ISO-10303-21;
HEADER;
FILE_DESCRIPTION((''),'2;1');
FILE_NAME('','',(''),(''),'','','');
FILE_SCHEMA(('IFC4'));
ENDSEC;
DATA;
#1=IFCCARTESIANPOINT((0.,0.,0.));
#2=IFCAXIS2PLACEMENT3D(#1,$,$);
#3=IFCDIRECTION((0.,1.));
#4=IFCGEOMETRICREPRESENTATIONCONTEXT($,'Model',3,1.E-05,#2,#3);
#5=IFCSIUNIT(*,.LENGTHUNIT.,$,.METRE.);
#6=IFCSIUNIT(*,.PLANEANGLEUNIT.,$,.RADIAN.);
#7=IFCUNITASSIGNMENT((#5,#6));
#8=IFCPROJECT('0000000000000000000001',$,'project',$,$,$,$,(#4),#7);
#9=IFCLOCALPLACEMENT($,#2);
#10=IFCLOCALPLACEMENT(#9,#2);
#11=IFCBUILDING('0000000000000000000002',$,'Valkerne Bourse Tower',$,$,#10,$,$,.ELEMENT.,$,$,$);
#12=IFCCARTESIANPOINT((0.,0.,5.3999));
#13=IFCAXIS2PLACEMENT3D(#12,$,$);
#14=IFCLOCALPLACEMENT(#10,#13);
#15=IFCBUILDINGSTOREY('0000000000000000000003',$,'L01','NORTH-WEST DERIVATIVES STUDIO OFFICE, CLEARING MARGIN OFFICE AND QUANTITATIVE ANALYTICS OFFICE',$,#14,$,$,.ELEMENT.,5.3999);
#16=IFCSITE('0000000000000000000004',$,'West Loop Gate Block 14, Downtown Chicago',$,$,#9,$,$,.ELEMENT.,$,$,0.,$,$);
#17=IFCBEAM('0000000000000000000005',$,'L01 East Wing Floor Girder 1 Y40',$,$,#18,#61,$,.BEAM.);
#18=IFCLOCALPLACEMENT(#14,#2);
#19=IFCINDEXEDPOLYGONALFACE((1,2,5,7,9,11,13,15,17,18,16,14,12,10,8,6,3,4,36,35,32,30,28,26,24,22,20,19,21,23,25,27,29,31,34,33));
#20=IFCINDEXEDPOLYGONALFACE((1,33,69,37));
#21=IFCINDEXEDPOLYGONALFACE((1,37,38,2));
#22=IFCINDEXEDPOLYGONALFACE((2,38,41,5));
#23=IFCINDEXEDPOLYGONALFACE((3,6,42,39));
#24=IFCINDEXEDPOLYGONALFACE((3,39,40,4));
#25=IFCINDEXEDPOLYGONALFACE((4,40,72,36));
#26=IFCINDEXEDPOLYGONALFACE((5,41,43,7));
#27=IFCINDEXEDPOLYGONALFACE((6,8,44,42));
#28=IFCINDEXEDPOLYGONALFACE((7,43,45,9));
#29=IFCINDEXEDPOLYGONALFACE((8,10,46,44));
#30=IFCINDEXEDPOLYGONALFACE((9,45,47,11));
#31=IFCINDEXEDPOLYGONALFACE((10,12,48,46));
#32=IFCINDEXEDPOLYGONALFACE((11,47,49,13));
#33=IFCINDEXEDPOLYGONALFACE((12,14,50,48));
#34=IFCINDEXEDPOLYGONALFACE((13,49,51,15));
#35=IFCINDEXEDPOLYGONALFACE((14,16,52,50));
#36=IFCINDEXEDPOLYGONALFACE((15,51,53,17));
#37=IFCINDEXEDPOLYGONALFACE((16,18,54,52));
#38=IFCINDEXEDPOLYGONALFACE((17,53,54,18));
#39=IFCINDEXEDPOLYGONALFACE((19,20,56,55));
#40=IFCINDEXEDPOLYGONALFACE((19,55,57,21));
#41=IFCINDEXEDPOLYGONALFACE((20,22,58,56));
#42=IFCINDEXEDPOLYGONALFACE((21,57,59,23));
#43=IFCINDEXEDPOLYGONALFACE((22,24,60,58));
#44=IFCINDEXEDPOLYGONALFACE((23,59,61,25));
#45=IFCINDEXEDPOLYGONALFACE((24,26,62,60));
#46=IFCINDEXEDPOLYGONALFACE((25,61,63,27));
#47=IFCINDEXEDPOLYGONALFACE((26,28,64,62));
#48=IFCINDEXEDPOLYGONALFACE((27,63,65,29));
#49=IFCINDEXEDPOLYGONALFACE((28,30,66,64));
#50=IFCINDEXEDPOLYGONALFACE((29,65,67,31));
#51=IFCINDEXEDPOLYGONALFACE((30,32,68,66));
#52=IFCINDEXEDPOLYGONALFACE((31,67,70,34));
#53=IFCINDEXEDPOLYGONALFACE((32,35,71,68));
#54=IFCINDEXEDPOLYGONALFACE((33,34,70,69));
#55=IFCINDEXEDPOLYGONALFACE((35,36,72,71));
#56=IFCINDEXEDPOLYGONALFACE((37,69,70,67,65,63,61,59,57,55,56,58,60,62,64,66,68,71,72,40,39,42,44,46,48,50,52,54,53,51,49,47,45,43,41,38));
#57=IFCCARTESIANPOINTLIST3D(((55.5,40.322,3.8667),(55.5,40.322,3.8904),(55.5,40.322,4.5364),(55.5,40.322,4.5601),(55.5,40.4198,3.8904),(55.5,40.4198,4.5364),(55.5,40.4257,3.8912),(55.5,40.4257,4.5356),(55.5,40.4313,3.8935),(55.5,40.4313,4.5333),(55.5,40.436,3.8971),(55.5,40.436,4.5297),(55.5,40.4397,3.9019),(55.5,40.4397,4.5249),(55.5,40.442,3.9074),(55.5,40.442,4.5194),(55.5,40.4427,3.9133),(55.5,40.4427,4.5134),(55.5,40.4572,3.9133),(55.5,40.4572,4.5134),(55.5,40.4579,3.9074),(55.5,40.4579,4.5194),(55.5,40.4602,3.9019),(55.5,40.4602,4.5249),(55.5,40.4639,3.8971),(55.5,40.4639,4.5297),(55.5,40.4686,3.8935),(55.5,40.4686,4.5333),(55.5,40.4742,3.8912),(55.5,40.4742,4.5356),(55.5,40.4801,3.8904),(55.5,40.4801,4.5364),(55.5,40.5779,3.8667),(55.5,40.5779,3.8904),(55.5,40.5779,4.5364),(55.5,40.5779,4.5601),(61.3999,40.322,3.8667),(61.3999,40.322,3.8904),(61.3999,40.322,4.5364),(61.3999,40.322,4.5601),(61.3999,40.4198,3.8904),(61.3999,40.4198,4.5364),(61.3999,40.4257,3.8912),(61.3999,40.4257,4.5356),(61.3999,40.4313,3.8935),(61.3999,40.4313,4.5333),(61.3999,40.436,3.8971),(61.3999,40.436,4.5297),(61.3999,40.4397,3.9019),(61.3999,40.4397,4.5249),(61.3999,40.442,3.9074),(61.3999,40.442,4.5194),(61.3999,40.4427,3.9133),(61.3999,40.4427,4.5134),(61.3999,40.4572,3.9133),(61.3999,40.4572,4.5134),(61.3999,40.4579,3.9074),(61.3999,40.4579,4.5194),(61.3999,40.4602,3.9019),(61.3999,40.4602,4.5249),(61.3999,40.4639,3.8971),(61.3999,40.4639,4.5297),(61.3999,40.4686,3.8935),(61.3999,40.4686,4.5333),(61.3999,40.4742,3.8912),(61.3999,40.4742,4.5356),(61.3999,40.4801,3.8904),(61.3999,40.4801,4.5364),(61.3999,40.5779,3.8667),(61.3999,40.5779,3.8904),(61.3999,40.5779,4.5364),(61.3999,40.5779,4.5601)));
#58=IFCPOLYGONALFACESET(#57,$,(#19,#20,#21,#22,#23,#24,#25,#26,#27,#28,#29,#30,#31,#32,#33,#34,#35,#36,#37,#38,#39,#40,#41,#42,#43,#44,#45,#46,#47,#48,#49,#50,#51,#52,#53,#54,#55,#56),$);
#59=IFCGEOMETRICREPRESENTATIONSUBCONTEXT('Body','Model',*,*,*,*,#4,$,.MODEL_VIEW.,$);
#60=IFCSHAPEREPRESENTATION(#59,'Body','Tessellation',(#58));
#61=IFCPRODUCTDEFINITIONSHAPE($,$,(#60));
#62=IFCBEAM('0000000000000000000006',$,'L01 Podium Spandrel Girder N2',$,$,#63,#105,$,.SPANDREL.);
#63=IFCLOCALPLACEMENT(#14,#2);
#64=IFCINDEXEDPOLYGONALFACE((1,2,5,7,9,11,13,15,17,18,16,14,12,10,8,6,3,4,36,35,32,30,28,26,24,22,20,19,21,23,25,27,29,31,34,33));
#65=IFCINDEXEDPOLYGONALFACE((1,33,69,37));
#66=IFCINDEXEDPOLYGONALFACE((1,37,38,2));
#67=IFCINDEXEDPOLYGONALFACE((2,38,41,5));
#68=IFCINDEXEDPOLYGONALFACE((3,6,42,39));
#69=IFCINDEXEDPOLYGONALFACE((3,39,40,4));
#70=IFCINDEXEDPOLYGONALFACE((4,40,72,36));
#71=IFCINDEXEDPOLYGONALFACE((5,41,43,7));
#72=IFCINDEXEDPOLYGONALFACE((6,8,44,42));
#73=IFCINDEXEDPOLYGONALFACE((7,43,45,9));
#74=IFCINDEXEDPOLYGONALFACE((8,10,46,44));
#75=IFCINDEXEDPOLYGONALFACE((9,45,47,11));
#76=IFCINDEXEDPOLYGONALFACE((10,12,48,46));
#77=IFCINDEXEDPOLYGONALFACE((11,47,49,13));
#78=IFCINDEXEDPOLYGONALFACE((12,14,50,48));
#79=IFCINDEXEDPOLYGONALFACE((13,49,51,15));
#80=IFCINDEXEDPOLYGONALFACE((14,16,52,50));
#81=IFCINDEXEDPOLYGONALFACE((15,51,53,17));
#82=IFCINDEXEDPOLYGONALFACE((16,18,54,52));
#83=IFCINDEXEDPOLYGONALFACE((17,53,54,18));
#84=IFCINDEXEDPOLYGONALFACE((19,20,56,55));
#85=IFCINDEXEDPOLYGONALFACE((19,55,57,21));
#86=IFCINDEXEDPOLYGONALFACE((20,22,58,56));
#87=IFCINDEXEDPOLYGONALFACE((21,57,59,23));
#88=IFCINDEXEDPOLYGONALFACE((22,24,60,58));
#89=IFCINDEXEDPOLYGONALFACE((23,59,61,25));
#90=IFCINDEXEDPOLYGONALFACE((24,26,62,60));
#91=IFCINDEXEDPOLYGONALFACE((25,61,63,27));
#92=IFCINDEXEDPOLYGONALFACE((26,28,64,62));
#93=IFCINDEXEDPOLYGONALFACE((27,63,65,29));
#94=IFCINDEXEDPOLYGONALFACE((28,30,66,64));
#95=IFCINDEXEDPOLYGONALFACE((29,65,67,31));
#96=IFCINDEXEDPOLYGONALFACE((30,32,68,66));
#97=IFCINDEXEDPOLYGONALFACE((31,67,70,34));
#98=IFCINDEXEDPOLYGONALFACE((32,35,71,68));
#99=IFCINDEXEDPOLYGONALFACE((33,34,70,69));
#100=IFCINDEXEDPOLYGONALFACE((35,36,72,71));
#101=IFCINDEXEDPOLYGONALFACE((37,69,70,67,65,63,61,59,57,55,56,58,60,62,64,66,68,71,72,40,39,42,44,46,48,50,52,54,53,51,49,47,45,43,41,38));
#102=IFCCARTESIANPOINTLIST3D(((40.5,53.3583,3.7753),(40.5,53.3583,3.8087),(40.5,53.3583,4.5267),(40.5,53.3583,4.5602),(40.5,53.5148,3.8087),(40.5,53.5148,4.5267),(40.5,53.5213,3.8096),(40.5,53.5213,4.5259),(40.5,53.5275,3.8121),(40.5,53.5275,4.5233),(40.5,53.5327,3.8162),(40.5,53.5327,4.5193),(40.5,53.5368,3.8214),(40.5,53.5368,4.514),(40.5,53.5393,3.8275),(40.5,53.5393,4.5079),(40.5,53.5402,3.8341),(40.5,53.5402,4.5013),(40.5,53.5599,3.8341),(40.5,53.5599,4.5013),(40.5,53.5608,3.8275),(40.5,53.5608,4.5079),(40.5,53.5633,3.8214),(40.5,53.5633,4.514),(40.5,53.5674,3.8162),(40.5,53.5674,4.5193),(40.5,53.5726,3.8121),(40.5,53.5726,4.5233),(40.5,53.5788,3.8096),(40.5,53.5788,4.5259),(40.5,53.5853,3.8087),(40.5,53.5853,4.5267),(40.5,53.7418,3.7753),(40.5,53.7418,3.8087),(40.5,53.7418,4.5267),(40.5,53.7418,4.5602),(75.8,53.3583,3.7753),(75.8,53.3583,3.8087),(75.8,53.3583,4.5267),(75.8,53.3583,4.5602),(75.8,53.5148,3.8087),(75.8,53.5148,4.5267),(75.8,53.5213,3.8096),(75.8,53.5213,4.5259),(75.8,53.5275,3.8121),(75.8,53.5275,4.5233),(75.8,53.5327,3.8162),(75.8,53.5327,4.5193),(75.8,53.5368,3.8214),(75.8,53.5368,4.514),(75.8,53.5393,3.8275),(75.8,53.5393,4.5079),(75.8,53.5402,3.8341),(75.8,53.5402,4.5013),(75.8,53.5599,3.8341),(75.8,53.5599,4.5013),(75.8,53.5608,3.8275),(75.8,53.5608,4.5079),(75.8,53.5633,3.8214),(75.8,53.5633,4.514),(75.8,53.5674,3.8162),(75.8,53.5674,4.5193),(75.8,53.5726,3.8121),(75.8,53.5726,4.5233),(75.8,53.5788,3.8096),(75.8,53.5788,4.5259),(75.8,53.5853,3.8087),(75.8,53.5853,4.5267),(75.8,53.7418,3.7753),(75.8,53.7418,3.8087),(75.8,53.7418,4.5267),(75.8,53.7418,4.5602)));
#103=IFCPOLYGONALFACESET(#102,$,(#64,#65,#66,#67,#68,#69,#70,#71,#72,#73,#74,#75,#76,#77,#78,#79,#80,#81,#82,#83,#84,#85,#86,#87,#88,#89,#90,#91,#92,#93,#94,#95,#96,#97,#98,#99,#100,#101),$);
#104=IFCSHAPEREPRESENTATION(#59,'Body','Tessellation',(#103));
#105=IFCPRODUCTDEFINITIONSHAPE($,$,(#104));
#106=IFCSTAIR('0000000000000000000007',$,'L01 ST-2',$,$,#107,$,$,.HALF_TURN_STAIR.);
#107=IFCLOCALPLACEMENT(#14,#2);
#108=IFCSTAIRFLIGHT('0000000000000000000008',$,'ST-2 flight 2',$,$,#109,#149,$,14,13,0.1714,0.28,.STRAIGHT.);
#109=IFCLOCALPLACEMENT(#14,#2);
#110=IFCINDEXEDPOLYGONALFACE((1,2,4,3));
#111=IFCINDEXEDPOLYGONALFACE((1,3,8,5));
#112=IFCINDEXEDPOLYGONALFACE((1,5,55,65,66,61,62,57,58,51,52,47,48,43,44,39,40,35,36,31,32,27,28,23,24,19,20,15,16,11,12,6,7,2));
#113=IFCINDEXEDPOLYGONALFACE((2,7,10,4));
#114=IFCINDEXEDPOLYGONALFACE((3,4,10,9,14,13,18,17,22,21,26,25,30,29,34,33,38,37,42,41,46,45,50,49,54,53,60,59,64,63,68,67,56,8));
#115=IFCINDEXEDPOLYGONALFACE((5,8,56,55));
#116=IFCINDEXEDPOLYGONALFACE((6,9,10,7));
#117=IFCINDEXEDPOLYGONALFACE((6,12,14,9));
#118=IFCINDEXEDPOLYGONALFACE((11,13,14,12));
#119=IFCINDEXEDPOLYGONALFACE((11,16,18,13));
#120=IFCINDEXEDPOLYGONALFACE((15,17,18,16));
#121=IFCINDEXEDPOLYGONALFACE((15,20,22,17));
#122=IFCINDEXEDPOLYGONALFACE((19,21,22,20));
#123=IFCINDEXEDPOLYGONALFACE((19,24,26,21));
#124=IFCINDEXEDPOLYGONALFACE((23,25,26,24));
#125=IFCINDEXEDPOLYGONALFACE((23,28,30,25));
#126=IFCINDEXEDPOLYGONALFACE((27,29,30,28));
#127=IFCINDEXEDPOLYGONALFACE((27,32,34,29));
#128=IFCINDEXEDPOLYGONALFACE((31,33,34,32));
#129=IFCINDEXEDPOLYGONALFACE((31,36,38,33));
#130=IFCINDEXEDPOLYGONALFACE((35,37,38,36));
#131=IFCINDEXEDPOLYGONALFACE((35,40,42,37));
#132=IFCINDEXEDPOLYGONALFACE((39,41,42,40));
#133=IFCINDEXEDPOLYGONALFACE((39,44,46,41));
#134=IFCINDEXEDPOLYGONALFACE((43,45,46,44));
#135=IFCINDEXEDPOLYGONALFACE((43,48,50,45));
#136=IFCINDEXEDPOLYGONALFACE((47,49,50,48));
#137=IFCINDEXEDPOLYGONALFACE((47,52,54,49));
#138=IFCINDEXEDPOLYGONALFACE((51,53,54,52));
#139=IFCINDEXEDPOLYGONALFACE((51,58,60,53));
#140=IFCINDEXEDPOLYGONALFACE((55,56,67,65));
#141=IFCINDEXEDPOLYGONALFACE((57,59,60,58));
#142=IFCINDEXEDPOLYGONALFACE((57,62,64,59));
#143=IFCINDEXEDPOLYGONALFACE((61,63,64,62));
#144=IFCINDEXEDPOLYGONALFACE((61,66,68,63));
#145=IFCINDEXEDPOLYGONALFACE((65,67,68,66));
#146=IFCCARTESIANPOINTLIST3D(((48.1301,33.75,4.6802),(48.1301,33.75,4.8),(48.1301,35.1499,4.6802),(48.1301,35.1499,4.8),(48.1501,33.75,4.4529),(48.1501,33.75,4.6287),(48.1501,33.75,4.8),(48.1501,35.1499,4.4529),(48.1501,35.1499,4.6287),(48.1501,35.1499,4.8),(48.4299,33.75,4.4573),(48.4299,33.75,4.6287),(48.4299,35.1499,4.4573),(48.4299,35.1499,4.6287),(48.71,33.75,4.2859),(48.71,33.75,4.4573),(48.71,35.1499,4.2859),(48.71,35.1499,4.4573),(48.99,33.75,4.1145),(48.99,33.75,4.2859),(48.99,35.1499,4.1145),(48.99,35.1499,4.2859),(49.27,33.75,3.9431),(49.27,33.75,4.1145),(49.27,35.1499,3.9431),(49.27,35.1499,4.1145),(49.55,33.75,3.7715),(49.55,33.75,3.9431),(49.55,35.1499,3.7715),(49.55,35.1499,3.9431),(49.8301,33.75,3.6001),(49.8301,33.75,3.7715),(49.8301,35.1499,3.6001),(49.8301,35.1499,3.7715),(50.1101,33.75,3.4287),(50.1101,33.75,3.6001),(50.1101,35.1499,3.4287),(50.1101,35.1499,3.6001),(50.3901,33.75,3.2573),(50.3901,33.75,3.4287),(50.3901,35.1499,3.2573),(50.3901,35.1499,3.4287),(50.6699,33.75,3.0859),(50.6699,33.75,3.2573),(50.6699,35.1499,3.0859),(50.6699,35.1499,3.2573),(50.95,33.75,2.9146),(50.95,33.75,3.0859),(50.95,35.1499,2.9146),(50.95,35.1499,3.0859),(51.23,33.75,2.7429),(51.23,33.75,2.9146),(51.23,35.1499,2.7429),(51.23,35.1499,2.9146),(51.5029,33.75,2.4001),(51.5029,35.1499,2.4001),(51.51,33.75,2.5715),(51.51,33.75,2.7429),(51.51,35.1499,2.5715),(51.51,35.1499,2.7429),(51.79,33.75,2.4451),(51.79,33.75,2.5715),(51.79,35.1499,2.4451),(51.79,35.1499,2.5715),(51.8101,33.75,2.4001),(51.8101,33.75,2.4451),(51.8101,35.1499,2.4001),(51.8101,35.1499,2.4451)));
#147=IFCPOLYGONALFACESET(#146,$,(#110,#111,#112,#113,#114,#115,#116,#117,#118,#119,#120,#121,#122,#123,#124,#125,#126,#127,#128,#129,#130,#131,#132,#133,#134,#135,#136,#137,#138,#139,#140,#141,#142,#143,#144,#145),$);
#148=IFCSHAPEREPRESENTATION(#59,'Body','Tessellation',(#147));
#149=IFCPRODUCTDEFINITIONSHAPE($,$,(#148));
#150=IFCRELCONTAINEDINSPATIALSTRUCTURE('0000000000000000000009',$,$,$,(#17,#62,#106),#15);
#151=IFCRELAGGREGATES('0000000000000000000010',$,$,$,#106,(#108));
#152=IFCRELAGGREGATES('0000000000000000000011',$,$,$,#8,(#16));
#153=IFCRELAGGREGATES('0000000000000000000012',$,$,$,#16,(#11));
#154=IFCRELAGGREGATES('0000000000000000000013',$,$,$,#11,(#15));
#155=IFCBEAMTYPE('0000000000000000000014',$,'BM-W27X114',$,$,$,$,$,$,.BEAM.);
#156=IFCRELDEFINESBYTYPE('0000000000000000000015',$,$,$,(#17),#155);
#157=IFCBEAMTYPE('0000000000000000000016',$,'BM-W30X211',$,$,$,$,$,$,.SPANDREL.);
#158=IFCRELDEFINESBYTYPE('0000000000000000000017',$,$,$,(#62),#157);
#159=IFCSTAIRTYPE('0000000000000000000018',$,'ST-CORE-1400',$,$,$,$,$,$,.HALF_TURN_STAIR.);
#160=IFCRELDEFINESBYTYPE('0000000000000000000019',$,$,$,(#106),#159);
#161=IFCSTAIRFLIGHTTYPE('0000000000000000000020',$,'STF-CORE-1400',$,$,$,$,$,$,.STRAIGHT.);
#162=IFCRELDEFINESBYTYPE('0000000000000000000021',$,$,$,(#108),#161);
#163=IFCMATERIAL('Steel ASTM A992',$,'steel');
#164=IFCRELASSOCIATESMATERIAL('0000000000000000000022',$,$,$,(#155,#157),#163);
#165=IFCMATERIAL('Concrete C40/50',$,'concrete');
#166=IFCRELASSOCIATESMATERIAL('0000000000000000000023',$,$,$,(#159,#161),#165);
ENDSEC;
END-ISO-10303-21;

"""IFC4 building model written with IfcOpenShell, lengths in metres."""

from ifc_helpers import new_model, si_unit, direction, frame, origin, origin_2d, place, context, subcontext, project, spatial, polyline, i_section, outline, extrude, material, material_profile, profile_set, type_object, element, aggregate, save


model = new_model("IFC4")

# Units and contexts
model_context = context("Model", 3, precision=1e-05, world=origin(), true_north=direction((0.0, 1.0)))
body_context = subcontext(model_context, "Body", "Model", "MODEL_VIEW")
ifc_project = project(units=[si_unit("LENGTHUNIT", "METRE"), si_unit("PLANEANGLEUNIT", "RADIAN")], contexts=[model_context])

# Site, building, storey
site_placement = place(None, origin())
site = spatial("IfcSite", under=ifc_project, at=site_placement, Name="West Loop Gate Block 14, Downtown Chicago", CompositionType="ELEMENT", RefElevation=0.0)
building_placement = place(site_placement, origin())
building = spatial("IfcBuilding", under=site, at=building_placement, Name="Valkerne Bourse Tower", CompositionType="ELEMENT")
storey_placement = place(building_placement, frame((0.0, 0.0, 5.3999)))
storey = spatial("IfcBuildingStorey", under=building, at=storey_placement, Name="L01", Description="NORTH-WEST DERIVATIVES STUDIO OFFICE, CLEARING MARGIN OFFICE AND QUANTITATIVE ANALYTICS OFFICE", CompositionType="ELEMENT", Elevation=5.3999)

# Beams
ifc_material_1 = material(Name="Steel ASTM A992", Category="steel")
ifc_material_profile_1 = material_profile(ifc_material_1, i_section(OverallWidth=0.2559, OverallDepth=0.6934, WebThickness=0.0144, FlangeThickness=0.0237, FilletRadius=0.0229, at=origin_2d()), Name="W27X114")
ifc_profile_set_1 = profile_set([ifc_material_profile_1], Name="Steel ASTM A992")
beam_type_1 = type_object("IfcBeamType", Name="BM-W27X114", PredefinedType="BEAM", material=ifc_profile_set_1)
beam_1_placement = place(storey_placement, frame((55.5, 40.45, 4.2134), z_axis=(1.0, 0.0, 0.0), x_axis=(0.0, 1.0, 0.0)))
element("IfcBeam", 1, at=beam_1_placement, inside=storey, type_object=beam_type_1, Name="L01 East Wing Floor Girder 1 Y40", PredefinedType="BEAM", context=body_context, shape_type="SweptSolid", body=[
    extrude(i_section(OverallWidth=0.2559, OverallDepth=0.6934, WebThickness=0.0144, FlangeThickness=0.0237, FilletRadius=0.0229, at=origin_2d()), origin(), (0.0, 0.0, 1.0), 5.8999),
])
ifc_material_profile_2 = material_profile(ifc_material_1, i_section(OverallWidth=0.3835, OverallDepth=0.7849, WebThickness=0.0198, FlangeThickness=0.0334, FilletRadius=0.0254, at=origin_2d()), Name="W30X211")
ifc_profile_set_2 = profile_set([ifc_material_profile_2], Name="Steel ASTM A992")
beam_type_2 = type_object("IfcBeamType", Name="BM-W30X211", PredefinedType="SPANDREL", material=ifc_profile_set_2)
beam_2_placement = place(storey_placement, frame((40.5, 53.55, 4.1677), z_axis=(1.0, 0.0, 0.0), x_axis=(0.0, 1.0, 0.0)))
element("IfcBeam", 2, at=beam_2_placement, inside=storey, type_object=beam_type_2, Name="L01 Podium Spandrel Girder N2", PredefinedType="SPANDREL", context=body_context, shape_type="SweptSolid", body=[
    extrude(i_section(OverallWidth=0.3835, OverallDepth=0.7849, WebThickness=0.0198, FlangeThickness=0.0334, FilletRadius=0.0254, at=origin_2d()), origin(), (0.0, 0.0, 1.0), 35.3),
])

# Stair, stair flight
ifc_material_2 = material(Name="Concrete C40/50", Category="concrete")
stair_type = type_object("IfcStairType", Name="ST-CORE-1400", PredefinedType="HALF_TURN_STAIR", material=ifc_material_2)
stair_placement = place(storey_placement, origin())
stair = element("IfcStair", 3, at=stair_placement, inside=storey, type_object=stair_type, Name="L01 ST-2", PredefinedType="HALF_TURN_STAIR")
stair_flight_type = type_object("IfcStairFlightType", Name="STF-CORE-1400", PredefinedType="STRAIGHT", material=ifc_material_2)
stair_flight_placement = place(storey_placement, frame((51.79, 34.45, 2.4001), z_axis=(0.0, 0.0, 1.0), x_axis=(-1.0, 0.0, 0.0)))
stair_flight = element("IfcStairFlight", 4, at=stair_flight_placement, type_object=stair_flight_type, Name="ST-2 flight 2", NumberOfRisers=14, NumberOfTreads=13, PredefinedType="STRAIGHT", RiserHeight=0.1714, TreadLength=0.28, context=body_context, shape_type="SweptSolid", body=[
    extrude(outline(polyline([(-0.02, 0.0), (-0.02, 0.0449), (0.0, 0.0449), (0.0, 0.1714), (0.28, 0.1714), (0.28, 0.3428), (0.5601, 0.3428), (0.5601, 0.5144), (0.8401, 0.5144), (0.8401, 0.6858), (1.1201, 0.6858), (1.1201, 0.8572), (1.3999, 0.8572), (1.3999, 1.0286), (1.6799, 1.0286), (1.6799, 1.2), (1.96, 1.2), (1.96, 1.3713), (2.24, 1.3713), (2.24, 1.543), (2.52, 1.543), (2.52, 1.7144), (2.8, 1.7144), (2.8, 1.8857), (3.0801, 1.8857), (3.0801, 2.0571), (3.3601, 2.0571), (3.3601, 2.2285), (3.6399, 2.2285), (3.6399, 2.3999), (3.6599, 2.3999), (3.6599, 2.28), (3.6399, 2.0527), (0.2871, 0.0), (-0.02, 0.0)])), frame((0.0, 0.7, 0.0), z_axis=(0.0, -1.0, 0.0), x_axis=(1.0, 0.0, 0.0)), (0.0, 0.0, 1.0), 1.3999),
])
aggregate(stair, [stair_flight])

save(model, "model.ifc")
